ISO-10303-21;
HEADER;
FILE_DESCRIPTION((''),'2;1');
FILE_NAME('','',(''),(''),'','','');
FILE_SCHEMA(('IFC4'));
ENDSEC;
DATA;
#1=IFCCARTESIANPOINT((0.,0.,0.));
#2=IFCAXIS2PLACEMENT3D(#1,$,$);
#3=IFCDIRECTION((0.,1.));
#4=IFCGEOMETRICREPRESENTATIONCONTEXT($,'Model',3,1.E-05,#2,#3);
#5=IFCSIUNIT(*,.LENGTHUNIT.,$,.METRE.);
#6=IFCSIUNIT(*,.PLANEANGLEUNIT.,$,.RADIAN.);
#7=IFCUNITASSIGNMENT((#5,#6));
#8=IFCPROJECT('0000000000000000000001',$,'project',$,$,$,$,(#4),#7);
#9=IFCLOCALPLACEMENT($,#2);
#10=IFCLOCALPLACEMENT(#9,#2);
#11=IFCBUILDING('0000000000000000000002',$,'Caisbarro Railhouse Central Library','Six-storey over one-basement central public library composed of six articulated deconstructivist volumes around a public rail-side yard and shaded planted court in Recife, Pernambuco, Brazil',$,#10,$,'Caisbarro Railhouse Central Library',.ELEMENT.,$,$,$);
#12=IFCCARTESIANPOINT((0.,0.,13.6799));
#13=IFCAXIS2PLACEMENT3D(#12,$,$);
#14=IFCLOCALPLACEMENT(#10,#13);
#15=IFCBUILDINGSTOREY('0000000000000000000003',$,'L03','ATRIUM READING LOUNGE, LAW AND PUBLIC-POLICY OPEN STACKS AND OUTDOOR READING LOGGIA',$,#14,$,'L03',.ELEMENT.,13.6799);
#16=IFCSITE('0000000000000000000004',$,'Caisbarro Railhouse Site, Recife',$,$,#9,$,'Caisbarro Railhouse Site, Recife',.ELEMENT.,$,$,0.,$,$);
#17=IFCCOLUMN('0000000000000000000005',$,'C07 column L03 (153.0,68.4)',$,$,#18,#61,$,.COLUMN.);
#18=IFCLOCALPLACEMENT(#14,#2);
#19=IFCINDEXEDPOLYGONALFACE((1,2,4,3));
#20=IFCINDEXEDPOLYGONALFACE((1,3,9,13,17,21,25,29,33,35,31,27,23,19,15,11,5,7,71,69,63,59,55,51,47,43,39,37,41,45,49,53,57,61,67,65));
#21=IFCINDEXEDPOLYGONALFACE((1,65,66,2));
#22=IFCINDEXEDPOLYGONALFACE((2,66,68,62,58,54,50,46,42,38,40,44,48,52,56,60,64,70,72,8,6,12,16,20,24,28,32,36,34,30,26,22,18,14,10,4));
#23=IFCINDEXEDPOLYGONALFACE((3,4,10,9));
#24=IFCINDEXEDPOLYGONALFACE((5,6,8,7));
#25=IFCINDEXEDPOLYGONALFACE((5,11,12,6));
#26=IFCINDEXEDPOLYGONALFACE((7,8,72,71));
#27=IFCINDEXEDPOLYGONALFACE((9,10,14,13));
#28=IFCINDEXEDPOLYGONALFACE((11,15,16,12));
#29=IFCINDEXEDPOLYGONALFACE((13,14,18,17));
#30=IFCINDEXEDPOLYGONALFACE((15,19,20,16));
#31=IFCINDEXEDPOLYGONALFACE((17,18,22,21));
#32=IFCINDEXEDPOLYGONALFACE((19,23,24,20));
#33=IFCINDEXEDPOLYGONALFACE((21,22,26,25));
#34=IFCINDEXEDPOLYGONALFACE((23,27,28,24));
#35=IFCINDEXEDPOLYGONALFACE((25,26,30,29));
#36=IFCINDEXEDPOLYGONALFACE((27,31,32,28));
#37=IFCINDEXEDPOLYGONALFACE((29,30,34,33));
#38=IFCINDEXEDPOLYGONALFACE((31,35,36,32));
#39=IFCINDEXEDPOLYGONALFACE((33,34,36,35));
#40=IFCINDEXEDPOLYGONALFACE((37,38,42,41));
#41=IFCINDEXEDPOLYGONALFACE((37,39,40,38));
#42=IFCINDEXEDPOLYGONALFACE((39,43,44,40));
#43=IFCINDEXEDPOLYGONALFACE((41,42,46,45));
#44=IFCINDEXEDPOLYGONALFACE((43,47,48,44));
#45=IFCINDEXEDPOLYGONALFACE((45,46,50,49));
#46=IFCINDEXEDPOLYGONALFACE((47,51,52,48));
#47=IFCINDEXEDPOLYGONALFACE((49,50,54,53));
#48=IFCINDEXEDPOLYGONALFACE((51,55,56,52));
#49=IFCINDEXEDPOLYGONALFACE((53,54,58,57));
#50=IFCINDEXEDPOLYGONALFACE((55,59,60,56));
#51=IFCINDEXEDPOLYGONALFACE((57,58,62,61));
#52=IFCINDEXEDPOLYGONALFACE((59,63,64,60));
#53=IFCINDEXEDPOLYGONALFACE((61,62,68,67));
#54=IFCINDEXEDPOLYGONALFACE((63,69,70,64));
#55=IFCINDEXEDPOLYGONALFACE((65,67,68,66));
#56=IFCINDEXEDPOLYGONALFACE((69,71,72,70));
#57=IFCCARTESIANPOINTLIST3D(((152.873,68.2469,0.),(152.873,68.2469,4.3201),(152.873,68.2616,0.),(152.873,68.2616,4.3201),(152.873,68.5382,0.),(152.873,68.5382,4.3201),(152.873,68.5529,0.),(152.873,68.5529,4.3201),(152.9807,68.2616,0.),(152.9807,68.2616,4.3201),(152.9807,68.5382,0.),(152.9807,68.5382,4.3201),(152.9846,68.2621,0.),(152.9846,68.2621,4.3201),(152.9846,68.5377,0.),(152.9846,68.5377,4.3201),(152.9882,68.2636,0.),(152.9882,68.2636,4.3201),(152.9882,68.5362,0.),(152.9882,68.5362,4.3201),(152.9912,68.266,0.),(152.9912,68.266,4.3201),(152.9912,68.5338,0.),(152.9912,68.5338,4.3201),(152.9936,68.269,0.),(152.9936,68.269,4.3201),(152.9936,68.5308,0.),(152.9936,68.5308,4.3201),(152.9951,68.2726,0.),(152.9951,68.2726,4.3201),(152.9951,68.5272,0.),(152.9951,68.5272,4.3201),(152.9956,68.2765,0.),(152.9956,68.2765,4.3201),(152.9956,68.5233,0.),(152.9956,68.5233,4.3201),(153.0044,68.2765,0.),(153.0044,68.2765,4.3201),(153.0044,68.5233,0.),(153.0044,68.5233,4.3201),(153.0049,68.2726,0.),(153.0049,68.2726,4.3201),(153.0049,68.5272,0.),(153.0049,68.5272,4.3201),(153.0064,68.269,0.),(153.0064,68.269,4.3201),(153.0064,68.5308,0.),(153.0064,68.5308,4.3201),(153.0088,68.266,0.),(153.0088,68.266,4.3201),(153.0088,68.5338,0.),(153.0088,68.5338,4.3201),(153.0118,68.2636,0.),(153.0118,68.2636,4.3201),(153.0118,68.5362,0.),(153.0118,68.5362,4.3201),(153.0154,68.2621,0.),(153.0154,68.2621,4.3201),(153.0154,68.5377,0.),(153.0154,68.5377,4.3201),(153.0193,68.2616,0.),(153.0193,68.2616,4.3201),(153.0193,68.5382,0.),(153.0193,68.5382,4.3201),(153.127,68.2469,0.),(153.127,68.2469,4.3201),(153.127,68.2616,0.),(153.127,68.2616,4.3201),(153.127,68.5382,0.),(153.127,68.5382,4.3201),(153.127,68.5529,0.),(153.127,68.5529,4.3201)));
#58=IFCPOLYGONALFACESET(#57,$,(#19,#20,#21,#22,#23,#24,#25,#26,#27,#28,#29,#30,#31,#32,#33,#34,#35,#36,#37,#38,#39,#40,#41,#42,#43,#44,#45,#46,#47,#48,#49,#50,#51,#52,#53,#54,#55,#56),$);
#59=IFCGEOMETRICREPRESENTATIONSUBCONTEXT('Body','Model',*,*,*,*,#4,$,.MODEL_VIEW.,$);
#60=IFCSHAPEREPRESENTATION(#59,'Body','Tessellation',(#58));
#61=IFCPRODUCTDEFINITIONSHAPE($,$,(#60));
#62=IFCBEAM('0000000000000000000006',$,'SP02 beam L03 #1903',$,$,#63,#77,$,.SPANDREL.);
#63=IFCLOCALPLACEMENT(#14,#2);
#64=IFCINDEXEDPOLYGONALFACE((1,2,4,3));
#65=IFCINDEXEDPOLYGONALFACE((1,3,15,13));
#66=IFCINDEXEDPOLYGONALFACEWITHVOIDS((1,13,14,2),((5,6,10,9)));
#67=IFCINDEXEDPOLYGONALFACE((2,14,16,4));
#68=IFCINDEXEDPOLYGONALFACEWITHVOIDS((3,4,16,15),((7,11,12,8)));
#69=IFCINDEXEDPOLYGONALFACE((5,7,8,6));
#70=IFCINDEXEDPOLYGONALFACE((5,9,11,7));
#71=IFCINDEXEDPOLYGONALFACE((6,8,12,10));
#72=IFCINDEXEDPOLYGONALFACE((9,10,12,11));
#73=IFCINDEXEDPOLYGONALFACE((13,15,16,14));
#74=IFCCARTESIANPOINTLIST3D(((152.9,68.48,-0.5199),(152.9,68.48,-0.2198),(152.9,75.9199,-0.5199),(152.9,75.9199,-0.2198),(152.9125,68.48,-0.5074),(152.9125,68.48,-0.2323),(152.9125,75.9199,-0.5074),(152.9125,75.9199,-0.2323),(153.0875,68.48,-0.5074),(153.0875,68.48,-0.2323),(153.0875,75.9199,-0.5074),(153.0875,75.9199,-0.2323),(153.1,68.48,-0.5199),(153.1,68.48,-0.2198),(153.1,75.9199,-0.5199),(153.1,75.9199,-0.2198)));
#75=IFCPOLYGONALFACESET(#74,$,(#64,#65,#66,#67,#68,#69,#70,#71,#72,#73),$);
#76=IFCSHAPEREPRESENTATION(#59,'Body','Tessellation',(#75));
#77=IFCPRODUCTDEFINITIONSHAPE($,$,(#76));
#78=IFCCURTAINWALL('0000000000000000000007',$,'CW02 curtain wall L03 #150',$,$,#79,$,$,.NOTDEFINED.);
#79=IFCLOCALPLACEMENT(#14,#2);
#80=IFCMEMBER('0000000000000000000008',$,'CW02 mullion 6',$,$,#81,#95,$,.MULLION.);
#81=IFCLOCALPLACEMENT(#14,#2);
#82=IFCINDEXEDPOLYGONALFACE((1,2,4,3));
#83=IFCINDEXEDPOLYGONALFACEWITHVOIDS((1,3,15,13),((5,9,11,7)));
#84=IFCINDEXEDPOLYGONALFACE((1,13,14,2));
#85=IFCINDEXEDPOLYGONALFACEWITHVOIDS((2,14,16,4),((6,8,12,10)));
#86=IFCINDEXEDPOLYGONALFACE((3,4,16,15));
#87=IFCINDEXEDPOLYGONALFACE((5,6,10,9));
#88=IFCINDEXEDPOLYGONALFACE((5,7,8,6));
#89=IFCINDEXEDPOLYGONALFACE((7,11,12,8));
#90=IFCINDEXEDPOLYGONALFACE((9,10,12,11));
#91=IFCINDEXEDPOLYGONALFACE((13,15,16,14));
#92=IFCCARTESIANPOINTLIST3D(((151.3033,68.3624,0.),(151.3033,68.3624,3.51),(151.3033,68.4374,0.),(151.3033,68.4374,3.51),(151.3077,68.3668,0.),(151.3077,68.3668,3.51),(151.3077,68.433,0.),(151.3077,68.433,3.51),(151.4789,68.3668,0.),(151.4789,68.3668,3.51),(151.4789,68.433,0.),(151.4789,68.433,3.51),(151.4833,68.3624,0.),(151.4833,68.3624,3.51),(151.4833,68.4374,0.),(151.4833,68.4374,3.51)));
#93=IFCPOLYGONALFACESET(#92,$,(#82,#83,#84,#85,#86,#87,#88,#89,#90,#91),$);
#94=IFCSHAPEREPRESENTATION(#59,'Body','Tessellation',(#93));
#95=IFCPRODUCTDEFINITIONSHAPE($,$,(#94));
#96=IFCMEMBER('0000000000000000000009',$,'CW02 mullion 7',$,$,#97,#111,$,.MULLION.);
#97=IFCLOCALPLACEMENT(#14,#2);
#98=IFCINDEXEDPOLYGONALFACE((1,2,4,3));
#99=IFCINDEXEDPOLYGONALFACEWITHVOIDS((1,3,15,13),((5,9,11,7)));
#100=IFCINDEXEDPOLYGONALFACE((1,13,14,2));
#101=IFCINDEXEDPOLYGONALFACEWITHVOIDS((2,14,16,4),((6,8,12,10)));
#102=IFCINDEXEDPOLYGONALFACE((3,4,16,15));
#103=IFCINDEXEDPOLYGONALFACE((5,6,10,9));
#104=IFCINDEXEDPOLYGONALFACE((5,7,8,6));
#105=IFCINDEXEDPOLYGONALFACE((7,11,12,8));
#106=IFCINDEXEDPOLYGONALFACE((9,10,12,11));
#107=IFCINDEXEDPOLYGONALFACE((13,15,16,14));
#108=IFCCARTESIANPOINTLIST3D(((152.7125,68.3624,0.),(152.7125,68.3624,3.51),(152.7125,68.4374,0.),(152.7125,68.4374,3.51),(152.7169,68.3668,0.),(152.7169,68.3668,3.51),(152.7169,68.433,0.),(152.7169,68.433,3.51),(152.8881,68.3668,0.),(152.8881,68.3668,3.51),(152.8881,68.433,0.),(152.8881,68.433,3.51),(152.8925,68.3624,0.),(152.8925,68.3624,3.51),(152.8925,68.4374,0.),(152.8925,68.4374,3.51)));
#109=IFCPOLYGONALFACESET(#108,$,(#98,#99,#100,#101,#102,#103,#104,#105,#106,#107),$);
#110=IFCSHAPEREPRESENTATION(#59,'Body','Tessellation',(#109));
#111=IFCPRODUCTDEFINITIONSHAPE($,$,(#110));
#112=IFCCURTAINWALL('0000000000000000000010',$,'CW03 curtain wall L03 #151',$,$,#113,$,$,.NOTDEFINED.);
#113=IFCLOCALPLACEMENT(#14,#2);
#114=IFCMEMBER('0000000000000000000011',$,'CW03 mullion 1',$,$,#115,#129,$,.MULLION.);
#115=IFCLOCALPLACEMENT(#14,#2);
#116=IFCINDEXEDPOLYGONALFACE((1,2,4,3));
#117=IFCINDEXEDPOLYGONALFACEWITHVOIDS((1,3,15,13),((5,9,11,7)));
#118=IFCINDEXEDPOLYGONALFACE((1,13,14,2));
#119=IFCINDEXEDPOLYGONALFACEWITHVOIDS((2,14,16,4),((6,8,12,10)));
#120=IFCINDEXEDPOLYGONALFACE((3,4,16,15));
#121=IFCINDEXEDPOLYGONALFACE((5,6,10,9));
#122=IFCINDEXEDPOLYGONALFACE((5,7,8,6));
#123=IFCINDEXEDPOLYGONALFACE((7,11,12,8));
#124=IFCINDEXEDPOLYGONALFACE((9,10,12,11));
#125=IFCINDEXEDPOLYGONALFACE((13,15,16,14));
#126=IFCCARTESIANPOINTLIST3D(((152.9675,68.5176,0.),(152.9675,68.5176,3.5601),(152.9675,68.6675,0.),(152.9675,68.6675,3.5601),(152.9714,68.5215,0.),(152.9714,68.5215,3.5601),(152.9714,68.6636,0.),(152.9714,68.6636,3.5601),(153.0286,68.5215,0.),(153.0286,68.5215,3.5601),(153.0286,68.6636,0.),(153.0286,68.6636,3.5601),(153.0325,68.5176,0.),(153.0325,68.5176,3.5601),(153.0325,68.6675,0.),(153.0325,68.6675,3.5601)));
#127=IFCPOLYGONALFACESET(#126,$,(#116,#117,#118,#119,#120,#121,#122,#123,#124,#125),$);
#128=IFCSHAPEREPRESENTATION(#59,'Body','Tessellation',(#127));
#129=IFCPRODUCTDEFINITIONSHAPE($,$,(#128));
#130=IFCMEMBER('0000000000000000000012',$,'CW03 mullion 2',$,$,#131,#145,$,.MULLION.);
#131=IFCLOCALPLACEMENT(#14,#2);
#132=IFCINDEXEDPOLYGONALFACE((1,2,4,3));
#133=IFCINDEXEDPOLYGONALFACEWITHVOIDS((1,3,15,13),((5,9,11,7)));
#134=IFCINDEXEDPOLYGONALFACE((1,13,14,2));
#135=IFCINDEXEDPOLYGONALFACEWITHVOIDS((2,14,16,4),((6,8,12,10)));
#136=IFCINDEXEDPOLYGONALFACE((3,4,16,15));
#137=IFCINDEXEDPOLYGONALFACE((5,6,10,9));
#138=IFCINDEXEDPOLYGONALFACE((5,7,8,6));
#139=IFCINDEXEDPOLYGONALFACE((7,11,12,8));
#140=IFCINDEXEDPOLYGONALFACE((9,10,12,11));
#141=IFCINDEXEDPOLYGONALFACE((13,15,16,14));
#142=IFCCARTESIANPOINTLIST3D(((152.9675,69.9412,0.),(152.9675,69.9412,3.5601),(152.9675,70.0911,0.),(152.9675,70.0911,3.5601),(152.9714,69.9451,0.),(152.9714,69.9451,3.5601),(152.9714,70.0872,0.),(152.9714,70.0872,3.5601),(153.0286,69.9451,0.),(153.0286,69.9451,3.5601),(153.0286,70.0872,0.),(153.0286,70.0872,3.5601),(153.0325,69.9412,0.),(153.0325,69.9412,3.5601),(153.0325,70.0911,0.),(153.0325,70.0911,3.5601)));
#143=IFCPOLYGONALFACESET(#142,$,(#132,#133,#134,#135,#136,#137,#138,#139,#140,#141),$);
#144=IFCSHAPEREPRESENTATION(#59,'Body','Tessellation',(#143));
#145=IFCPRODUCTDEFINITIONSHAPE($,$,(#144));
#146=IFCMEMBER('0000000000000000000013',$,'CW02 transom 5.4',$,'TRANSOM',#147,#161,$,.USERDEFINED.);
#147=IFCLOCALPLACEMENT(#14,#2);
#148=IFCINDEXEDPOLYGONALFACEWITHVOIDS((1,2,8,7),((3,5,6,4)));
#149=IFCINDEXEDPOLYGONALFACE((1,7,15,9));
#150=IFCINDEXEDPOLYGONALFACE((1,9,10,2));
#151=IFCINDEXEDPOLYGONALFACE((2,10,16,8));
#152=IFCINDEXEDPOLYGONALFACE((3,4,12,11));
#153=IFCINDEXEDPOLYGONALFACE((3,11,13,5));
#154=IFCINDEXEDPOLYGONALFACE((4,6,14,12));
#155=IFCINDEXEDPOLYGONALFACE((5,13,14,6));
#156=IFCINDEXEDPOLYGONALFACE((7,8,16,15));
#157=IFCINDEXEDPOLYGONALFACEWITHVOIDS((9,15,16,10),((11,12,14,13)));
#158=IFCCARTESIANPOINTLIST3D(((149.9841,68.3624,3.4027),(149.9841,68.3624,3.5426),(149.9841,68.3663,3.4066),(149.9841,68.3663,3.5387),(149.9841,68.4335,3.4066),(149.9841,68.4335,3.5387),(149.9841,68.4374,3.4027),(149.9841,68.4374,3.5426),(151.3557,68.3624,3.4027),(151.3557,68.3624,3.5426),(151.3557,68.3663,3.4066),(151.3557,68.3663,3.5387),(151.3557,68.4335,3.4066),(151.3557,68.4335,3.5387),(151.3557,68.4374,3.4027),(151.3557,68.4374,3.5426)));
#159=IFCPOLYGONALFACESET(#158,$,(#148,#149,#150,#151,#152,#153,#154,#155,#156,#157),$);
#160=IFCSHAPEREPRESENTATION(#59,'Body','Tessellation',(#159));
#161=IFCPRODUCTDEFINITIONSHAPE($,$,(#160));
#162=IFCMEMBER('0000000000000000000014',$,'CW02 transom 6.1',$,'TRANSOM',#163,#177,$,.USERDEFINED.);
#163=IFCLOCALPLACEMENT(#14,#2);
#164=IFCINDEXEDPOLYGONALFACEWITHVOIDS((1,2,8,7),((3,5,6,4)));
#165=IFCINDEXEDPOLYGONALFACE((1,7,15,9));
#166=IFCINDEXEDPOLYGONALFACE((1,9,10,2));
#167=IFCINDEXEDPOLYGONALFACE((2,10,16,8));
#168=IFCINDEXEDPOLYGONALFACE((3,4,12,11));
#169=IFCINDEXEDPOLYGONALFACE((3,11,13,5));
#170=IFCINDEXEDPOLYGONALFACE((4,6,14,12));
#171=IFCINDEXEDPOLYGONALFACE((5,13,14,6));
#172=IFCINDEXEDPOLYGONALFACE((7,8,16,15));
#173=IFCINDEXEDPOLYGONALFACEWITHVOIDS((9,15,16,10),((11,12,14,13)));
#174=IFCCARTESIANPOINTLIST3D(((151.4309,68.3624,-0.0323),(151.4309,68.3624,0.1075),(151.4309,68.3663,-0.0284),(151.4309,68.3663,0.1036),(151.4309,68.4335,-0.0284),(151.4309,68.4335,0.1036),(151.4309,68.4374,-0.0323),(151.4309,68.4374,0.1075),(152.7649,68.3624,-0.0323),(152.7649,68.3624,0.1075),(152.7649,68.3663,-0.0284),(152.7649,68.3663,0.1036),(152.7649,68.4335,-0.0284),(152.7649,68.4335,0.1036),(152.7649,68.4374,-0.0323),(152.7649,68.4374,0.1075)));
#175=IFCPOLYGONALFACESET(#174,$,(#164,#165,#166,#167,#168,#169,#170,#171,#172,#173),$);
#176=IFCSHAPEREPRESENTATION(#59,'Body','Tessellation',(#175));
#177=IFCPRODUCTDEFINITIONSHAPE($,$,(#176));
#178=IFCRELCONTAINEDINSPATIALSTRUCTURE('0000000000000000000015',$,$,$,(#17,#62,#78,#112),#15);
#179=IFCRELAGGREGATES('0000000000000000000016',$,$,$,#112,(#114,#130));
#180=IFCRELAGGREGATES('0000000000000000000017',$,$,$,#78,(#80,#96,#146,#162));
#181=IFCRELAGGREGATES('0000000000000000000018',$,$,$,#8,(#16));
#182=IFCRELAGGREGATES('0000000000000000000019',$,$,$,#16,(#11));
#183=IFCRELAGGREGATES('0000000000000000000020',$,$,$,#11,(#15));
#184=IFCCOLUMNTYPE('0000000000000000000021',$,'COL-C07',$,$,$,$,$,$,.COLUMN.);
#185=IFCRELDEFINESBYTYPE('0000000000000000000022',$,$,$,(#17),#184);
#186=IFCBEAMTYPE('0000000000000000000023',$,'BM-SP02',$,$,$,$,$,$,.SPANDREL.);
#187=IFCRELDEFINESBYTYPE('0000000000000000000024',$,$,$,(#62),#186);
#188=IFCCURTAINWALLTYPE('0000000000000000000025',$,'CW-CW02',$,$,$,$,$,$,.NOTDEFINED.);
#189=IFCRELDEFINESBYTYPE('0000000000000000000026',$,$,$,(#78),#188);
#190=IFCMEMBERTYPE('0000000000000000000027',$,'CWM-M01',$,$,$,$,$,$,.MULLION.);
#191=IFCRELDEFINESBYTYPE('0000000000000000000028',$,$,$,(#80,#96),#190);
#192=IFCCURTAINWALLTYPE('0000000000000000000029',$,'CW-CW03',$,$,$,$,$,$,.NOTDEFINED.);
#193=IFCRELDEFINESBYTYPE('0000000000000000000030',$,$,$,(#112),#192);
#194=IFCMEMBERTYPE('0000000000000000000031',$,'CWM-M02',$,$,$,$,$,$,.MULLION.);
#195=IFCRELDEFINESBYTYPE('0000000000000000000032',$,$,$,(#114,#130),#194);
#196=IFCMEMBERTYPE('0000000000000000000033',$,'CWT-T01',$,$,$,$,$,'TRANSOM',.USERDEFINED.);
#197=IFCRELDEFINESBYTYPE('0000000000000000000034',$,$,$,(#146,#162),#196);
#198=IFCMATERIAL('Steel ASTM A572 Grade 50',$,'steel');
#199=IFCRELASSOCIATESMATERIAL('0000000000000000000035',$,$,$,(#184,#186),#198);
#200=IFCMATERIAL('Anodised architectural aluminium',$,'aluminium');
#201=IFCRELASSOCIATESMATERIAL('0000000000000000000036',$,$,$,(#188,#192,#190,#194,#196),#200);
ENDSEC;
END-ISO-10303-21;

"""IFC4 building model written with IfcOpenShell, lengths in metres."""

from ifc_helpers import new_model, si_unit, direction, frame, origin, origin_2d, place, context, subcontext, project, spatial, hollow_rectangle, i_section, extrude, material, material_profile, profile_set, type_object, element, aggregate, save


model = new_model("IFC4")

# Units and contexts
model_context = context("Model", 3, precision=1e-05, world=origin(), true_north=direction((0.0, 1.0)))
body_context = subcontext(model_context, "Body", "Model", "MODEL_VIEW")
ifc_project = project(units=[si_unit("LENGTHUNIT", "METRE"), si_unit("PLANEANGLEUNIT", "RADIAN")], contexts=[model_context])

# Site, building, storey
site_placement = place(None, origin())
site = spatial("IfcSite", under=ifc_project, at=site_placement, Name="Caisbarro Railhouse Site, Recife", LongName="Caisbarro Railhouse Site, Recife", CompositionType="ELEMENT", RefElevation=0.0)
building_placement = place(site_placement, origin())
building = spatial("IfcBuilding", under=site, at=building_placement, Name="Caisbarro Railhouse Central Library", Description="Six-storey over one-basement central public library composed of six articulated deconstructivist volumes around a public rail-side yard and shaded planted court in Recife, Pernambuco, Brazil", LongName="Caisbarro Railhouse Central Library", CompositionType="ELEMENT")
storey_placement = place(building_placement, frame((0.0, 0.0, 13.6799)))
storey = spatial("IfcBuildingStorey", under=building, at=storey_placement, Name="L03", Description="ATRIUM READING LOUNGE, LAW AND PUBLIC-POLICY OPEN STACKS AND OUTDOOR READING LOGGIA", LongName="L03", CompositionType="ELEMENT", Elevation=13.6799)

# Column
ifc_material_1 = material(Name="Steel ASTM A572 Grade 50", Category="steel")
ifc_material_profile_1 = material_profile(ifc_material_1, i_section(OverallWidth=0.2539, OverallDepth=0.3059, WebThickness=0.0088, FlangeThickness=0.0146, FilletRadius=0.0149, at=origin_2d()), Name="W310X79.0")
ifc_profile_set_1 = profile_set([ifc_material_profile_1], Name="Steel ASTM A572 Grade 50")
column_type = type_object("IfcColumnType", Name="COL-C07", PredefinedType="COLUMN", material=ifc_profile_set_1)
column_placement = place(storey_placement, frame((153.0, 68.3999, 0.0), z_axis=(0.0, 0.0, 1.0), x_axis=(1.0, 0.0, 0.0)))
element("IfcColumn", 1, at=column_placement, inside=storey, type_object=column_type, Name="C07 column L03 (153.0,68.4)", PredefinedType="COLUMN", context=body_context, shape_type="SweptSolid", body=[
    extrude(i_section(OverallWidth=0.2539, OverallDepth=0.3059, WebThickness=0.0088, FlangeThickness=0.0146, FilletRadius=0.0149, at=origin_2d()), origin(), (0.0, 0.0, 1.0), 4.3201),
])

# Beam
ifc_material_profile_2 = material_profile(ifc_material_1, hollow_rectangle(XDim=0.2, YDim=0.3, WallThickness=0.0125, at=origin_2d()), Name="HSS300X200X12.5")
ifc_profile_set_2 = profile_set([ifc_material_profile_2], Name="Steel ASTM A572 Grade 50")
beam_type = type_object("IfcBeamType", Name="BM-SP02", PredefinedType="SPANDREL", material=ifc_profile_set_2)
beam_placement = place(storey_placement, frame((153.0, 68.48, -0.3699), z_axis=(0.0, 1.0, 0.0), x_axis=(-1.0, 0.0, 0.0)))
element("IfcBeam", 2, at=beam_placement, inside=storey, type_object=beam_type, Name="SP02 beam L03 #1903", PredefinedType="SPANDREL", context=body_context, shape_type="SweptSolid", body=[
    extrude(hollow_rectangle(XDim=0.2, YDim=0.3, WallThickness=0.0125, at=origin_2d()), origin(), (0.0, 0.0, 1.0), 7.4399),
])

# Curtain walls, members
ifc_material_2 = material(Name="Anodised architectural aluminium", Category="aluminium")
curtain_wall_type_1 = type_object("IfcCurtainWallType", Name="CW-CW02", PredefinedType="NOTDEFINED", material=ifc_material_2)
curtain_wall_1_placement = place(storey_placement, origin())
curtain_wall_1 = element("IfcCurtainWall", 3, at=curtain_wall_1_placement, inside=storey, type_object=curtain_wall_type_1, Name="CW02 curtain wall L03 #150", PredefinedType="NOTDEFINED")
ifc_material_profile_3 = material_profile(ifc_material_2, hollow_rectangle(XDim=0.075, YDim=0.1799, WallThickness=0.0044, at=origin_2d()), Name="ALU-MUL-75X180")
ifc_profile_set_3 = profile_set([ifc_material_profile_3], Name="Anodised architectural aluminium")
member_type_1 = type_object("IfcMemberType", Name="CWM-M01", PredefinedType="MULLION", material=ifc_profile_set_3)
member_1_placement = place(storey_placement, frame((151.3933, 68.3999, 0.0), z_axis=(0.0, 0.0, 1.0), x_axis=(0.0, 1.0, 0.0)))
member_1 = element("IfcMember", 4, at=member_1_placement, type_object=member_type_1, Name="CW02 mullion 6", PredefinedType="MULLION", context=body_context, shape_type="SweptSolid", body=[
    extrude(hollow_rectangle(XDim=0.075, YDim=0.1799, WallThickness=0.0044, at=origin_2d()), origin(), (0.0, 0.0, 1.0), 3.51),
])
member_2_placement = place(storey_placement, frame((152.8025, 68.3999, 0.0), z_axis=(0.0, 0.0, 1.0), x_axis=(0.0, 1.0, 0.0)))
member_2 = element("IfcMember", 5, at=member_2_placement, type_object=member_type_1, Name="CW02 mullion 7", PredefinedType="MULLION", context=body_context, shape_type="SweptSolid", body=[
    extrude(hollow_rectangle(XDim=0.075, YDim=0.1799, WallThickness=0.0044, at=origin_2d()), origin(), (0.0, 0.0, 1.0), 3.51),
])
curtain_wall_type_2 = type_object("IfcCurtainWallType", Name="CW-CW03", PredefinedType="NOTDEFINED", material=ifc_material_2)
curtain_wall_2_placement = place(storey_placement, origin())
curtain_wall_2 = element("IfcCurtainWall", 6, at=curtain_wall_2_placement, inside=storey, type_object=curtain_wall_type_2, Name="CW03 curtain wall L03 #151", PredefinedType="NOTDEFINED")
ifc_material_profile_4 = material_profile(ifc_material_2, hollow_rectangle(XDim=0.0649, YDim=0.1499, WallThickness=0.0039, at=origin_2d()), Name="ALU-MUL-65X150")
ifc_profile_set_4 = profile_set([ifc_material_profile_4], Name="Anodised architectural aluminium")
member_type_2 = type_object("IfcMemberType", Name="CWM-M02", PredefinedType="MULLION", material=ifc_profile_set_4)
member_3_placement = place(storey_placement, frame((153.0, 68.5925, 0.0), z_axis=(0.0, 0.0, 1.0), x_axis=(-1.0, 0.0, 0.0)))
member_3 = element("IfcMember", 7, at=member_3_placement, type_object=member_type_2, Name="CW03 mullion 1", PredefinedType="MULLION", context=body_context, shape_type="SweptSolid", body=[
    extrude(hollow_rectangle(XDim=0.0649, YDim=0.1499, WallThickness=0.0039, at=origin_2d()), origin(), (0.0, 0.0, 1.0), 3.5601),
])
member_4_placement = place(storey_placement, frame((153.0, 70.0161, 0.0), z_axis=(0.0, 0.0, 1.0), x_axis=(-1.0, 0.0, 0.0)))
member_4 = element("IfcMember", 8, at=member_4_placement, type_object=member_type_2, Name="CW03 mullion 2", PredefinedType="MULLION", context=body_context, shape_type="SweptSolid", body=[
    extrude(hollow_rectangle(XDim=0.0649, YDim=0.1499, WallThickness=0.0039, at=origin_2d()), origin(), (0.0, 0.0, 1.0), 3.5601),
])

# Members
ifc_material_profile_5 = material_profile(ifc_material_2, hollow_rectangle(XDim=0.075, YDim=0.1399, WallThickness=0.0039, at=origin_2d()), Name="ALU-TRN-75X140")
ifc_profile_set_5 = profile_set([ifc_material_profile_5], Name="Anodised architectural aluminium")
member_type_3 = type_object("IfcMemberType", Name="CWT-T01", ElementType="TRANSOM", PredefinedType="USERDEFINED", material=ifc_profile_set_5)
member_5_placement = place(storey_placement, frame((149.9841, 68.3999, 3.4727), z_axis=(1.0, 0.0, 0.0), x_axis=(0.0, 1.0, 0.0)))
member_5 = element("IfcMember", 9, at=member_5_placement, type_object=member_type_3, Name="CW02 transom 5.4", ObjectType="TRANSOM", PredefinedType="USERDEFINED", context=body_context, shape_type="SweptSolid", body=[
    extrude(hollow_rectangle(XDim=0.075, YDim=0.1399, WallThickness=0.0039, at=origin_2d()), origin(), (0.0, 0.0, 1.0), 1.3716),
])
member_6_placement = place(storey_placement, frame((151.4309, 68.3999, 0.0376), z_axis=(1.0, 0.0, 0.0), x_axis=(0.0, 1.0, 0.0)))
member_6 = element("IfcMember", 10, at=member_6_placement, type_object=member_type_3, Name="CW02 transom 6.1", ObjectType="TRANSOM", PredefinedType="USERDEFINED", context=body_context, shape_type="SweptSolid", body=[
    extrude(hollow_rectangle(XDim=0.075, YDim=0.1399, WallThickness=0.0039, at=origin_2d()), origin(), (0.0, 0.0, 1.0), 1.334),
])

aggregate(curtain_wall_2, [member_3, member_4])
aggregate(curtain_wall_1, [member_1, member_2, member_5, member_6])

save(model, "model.ifc")
